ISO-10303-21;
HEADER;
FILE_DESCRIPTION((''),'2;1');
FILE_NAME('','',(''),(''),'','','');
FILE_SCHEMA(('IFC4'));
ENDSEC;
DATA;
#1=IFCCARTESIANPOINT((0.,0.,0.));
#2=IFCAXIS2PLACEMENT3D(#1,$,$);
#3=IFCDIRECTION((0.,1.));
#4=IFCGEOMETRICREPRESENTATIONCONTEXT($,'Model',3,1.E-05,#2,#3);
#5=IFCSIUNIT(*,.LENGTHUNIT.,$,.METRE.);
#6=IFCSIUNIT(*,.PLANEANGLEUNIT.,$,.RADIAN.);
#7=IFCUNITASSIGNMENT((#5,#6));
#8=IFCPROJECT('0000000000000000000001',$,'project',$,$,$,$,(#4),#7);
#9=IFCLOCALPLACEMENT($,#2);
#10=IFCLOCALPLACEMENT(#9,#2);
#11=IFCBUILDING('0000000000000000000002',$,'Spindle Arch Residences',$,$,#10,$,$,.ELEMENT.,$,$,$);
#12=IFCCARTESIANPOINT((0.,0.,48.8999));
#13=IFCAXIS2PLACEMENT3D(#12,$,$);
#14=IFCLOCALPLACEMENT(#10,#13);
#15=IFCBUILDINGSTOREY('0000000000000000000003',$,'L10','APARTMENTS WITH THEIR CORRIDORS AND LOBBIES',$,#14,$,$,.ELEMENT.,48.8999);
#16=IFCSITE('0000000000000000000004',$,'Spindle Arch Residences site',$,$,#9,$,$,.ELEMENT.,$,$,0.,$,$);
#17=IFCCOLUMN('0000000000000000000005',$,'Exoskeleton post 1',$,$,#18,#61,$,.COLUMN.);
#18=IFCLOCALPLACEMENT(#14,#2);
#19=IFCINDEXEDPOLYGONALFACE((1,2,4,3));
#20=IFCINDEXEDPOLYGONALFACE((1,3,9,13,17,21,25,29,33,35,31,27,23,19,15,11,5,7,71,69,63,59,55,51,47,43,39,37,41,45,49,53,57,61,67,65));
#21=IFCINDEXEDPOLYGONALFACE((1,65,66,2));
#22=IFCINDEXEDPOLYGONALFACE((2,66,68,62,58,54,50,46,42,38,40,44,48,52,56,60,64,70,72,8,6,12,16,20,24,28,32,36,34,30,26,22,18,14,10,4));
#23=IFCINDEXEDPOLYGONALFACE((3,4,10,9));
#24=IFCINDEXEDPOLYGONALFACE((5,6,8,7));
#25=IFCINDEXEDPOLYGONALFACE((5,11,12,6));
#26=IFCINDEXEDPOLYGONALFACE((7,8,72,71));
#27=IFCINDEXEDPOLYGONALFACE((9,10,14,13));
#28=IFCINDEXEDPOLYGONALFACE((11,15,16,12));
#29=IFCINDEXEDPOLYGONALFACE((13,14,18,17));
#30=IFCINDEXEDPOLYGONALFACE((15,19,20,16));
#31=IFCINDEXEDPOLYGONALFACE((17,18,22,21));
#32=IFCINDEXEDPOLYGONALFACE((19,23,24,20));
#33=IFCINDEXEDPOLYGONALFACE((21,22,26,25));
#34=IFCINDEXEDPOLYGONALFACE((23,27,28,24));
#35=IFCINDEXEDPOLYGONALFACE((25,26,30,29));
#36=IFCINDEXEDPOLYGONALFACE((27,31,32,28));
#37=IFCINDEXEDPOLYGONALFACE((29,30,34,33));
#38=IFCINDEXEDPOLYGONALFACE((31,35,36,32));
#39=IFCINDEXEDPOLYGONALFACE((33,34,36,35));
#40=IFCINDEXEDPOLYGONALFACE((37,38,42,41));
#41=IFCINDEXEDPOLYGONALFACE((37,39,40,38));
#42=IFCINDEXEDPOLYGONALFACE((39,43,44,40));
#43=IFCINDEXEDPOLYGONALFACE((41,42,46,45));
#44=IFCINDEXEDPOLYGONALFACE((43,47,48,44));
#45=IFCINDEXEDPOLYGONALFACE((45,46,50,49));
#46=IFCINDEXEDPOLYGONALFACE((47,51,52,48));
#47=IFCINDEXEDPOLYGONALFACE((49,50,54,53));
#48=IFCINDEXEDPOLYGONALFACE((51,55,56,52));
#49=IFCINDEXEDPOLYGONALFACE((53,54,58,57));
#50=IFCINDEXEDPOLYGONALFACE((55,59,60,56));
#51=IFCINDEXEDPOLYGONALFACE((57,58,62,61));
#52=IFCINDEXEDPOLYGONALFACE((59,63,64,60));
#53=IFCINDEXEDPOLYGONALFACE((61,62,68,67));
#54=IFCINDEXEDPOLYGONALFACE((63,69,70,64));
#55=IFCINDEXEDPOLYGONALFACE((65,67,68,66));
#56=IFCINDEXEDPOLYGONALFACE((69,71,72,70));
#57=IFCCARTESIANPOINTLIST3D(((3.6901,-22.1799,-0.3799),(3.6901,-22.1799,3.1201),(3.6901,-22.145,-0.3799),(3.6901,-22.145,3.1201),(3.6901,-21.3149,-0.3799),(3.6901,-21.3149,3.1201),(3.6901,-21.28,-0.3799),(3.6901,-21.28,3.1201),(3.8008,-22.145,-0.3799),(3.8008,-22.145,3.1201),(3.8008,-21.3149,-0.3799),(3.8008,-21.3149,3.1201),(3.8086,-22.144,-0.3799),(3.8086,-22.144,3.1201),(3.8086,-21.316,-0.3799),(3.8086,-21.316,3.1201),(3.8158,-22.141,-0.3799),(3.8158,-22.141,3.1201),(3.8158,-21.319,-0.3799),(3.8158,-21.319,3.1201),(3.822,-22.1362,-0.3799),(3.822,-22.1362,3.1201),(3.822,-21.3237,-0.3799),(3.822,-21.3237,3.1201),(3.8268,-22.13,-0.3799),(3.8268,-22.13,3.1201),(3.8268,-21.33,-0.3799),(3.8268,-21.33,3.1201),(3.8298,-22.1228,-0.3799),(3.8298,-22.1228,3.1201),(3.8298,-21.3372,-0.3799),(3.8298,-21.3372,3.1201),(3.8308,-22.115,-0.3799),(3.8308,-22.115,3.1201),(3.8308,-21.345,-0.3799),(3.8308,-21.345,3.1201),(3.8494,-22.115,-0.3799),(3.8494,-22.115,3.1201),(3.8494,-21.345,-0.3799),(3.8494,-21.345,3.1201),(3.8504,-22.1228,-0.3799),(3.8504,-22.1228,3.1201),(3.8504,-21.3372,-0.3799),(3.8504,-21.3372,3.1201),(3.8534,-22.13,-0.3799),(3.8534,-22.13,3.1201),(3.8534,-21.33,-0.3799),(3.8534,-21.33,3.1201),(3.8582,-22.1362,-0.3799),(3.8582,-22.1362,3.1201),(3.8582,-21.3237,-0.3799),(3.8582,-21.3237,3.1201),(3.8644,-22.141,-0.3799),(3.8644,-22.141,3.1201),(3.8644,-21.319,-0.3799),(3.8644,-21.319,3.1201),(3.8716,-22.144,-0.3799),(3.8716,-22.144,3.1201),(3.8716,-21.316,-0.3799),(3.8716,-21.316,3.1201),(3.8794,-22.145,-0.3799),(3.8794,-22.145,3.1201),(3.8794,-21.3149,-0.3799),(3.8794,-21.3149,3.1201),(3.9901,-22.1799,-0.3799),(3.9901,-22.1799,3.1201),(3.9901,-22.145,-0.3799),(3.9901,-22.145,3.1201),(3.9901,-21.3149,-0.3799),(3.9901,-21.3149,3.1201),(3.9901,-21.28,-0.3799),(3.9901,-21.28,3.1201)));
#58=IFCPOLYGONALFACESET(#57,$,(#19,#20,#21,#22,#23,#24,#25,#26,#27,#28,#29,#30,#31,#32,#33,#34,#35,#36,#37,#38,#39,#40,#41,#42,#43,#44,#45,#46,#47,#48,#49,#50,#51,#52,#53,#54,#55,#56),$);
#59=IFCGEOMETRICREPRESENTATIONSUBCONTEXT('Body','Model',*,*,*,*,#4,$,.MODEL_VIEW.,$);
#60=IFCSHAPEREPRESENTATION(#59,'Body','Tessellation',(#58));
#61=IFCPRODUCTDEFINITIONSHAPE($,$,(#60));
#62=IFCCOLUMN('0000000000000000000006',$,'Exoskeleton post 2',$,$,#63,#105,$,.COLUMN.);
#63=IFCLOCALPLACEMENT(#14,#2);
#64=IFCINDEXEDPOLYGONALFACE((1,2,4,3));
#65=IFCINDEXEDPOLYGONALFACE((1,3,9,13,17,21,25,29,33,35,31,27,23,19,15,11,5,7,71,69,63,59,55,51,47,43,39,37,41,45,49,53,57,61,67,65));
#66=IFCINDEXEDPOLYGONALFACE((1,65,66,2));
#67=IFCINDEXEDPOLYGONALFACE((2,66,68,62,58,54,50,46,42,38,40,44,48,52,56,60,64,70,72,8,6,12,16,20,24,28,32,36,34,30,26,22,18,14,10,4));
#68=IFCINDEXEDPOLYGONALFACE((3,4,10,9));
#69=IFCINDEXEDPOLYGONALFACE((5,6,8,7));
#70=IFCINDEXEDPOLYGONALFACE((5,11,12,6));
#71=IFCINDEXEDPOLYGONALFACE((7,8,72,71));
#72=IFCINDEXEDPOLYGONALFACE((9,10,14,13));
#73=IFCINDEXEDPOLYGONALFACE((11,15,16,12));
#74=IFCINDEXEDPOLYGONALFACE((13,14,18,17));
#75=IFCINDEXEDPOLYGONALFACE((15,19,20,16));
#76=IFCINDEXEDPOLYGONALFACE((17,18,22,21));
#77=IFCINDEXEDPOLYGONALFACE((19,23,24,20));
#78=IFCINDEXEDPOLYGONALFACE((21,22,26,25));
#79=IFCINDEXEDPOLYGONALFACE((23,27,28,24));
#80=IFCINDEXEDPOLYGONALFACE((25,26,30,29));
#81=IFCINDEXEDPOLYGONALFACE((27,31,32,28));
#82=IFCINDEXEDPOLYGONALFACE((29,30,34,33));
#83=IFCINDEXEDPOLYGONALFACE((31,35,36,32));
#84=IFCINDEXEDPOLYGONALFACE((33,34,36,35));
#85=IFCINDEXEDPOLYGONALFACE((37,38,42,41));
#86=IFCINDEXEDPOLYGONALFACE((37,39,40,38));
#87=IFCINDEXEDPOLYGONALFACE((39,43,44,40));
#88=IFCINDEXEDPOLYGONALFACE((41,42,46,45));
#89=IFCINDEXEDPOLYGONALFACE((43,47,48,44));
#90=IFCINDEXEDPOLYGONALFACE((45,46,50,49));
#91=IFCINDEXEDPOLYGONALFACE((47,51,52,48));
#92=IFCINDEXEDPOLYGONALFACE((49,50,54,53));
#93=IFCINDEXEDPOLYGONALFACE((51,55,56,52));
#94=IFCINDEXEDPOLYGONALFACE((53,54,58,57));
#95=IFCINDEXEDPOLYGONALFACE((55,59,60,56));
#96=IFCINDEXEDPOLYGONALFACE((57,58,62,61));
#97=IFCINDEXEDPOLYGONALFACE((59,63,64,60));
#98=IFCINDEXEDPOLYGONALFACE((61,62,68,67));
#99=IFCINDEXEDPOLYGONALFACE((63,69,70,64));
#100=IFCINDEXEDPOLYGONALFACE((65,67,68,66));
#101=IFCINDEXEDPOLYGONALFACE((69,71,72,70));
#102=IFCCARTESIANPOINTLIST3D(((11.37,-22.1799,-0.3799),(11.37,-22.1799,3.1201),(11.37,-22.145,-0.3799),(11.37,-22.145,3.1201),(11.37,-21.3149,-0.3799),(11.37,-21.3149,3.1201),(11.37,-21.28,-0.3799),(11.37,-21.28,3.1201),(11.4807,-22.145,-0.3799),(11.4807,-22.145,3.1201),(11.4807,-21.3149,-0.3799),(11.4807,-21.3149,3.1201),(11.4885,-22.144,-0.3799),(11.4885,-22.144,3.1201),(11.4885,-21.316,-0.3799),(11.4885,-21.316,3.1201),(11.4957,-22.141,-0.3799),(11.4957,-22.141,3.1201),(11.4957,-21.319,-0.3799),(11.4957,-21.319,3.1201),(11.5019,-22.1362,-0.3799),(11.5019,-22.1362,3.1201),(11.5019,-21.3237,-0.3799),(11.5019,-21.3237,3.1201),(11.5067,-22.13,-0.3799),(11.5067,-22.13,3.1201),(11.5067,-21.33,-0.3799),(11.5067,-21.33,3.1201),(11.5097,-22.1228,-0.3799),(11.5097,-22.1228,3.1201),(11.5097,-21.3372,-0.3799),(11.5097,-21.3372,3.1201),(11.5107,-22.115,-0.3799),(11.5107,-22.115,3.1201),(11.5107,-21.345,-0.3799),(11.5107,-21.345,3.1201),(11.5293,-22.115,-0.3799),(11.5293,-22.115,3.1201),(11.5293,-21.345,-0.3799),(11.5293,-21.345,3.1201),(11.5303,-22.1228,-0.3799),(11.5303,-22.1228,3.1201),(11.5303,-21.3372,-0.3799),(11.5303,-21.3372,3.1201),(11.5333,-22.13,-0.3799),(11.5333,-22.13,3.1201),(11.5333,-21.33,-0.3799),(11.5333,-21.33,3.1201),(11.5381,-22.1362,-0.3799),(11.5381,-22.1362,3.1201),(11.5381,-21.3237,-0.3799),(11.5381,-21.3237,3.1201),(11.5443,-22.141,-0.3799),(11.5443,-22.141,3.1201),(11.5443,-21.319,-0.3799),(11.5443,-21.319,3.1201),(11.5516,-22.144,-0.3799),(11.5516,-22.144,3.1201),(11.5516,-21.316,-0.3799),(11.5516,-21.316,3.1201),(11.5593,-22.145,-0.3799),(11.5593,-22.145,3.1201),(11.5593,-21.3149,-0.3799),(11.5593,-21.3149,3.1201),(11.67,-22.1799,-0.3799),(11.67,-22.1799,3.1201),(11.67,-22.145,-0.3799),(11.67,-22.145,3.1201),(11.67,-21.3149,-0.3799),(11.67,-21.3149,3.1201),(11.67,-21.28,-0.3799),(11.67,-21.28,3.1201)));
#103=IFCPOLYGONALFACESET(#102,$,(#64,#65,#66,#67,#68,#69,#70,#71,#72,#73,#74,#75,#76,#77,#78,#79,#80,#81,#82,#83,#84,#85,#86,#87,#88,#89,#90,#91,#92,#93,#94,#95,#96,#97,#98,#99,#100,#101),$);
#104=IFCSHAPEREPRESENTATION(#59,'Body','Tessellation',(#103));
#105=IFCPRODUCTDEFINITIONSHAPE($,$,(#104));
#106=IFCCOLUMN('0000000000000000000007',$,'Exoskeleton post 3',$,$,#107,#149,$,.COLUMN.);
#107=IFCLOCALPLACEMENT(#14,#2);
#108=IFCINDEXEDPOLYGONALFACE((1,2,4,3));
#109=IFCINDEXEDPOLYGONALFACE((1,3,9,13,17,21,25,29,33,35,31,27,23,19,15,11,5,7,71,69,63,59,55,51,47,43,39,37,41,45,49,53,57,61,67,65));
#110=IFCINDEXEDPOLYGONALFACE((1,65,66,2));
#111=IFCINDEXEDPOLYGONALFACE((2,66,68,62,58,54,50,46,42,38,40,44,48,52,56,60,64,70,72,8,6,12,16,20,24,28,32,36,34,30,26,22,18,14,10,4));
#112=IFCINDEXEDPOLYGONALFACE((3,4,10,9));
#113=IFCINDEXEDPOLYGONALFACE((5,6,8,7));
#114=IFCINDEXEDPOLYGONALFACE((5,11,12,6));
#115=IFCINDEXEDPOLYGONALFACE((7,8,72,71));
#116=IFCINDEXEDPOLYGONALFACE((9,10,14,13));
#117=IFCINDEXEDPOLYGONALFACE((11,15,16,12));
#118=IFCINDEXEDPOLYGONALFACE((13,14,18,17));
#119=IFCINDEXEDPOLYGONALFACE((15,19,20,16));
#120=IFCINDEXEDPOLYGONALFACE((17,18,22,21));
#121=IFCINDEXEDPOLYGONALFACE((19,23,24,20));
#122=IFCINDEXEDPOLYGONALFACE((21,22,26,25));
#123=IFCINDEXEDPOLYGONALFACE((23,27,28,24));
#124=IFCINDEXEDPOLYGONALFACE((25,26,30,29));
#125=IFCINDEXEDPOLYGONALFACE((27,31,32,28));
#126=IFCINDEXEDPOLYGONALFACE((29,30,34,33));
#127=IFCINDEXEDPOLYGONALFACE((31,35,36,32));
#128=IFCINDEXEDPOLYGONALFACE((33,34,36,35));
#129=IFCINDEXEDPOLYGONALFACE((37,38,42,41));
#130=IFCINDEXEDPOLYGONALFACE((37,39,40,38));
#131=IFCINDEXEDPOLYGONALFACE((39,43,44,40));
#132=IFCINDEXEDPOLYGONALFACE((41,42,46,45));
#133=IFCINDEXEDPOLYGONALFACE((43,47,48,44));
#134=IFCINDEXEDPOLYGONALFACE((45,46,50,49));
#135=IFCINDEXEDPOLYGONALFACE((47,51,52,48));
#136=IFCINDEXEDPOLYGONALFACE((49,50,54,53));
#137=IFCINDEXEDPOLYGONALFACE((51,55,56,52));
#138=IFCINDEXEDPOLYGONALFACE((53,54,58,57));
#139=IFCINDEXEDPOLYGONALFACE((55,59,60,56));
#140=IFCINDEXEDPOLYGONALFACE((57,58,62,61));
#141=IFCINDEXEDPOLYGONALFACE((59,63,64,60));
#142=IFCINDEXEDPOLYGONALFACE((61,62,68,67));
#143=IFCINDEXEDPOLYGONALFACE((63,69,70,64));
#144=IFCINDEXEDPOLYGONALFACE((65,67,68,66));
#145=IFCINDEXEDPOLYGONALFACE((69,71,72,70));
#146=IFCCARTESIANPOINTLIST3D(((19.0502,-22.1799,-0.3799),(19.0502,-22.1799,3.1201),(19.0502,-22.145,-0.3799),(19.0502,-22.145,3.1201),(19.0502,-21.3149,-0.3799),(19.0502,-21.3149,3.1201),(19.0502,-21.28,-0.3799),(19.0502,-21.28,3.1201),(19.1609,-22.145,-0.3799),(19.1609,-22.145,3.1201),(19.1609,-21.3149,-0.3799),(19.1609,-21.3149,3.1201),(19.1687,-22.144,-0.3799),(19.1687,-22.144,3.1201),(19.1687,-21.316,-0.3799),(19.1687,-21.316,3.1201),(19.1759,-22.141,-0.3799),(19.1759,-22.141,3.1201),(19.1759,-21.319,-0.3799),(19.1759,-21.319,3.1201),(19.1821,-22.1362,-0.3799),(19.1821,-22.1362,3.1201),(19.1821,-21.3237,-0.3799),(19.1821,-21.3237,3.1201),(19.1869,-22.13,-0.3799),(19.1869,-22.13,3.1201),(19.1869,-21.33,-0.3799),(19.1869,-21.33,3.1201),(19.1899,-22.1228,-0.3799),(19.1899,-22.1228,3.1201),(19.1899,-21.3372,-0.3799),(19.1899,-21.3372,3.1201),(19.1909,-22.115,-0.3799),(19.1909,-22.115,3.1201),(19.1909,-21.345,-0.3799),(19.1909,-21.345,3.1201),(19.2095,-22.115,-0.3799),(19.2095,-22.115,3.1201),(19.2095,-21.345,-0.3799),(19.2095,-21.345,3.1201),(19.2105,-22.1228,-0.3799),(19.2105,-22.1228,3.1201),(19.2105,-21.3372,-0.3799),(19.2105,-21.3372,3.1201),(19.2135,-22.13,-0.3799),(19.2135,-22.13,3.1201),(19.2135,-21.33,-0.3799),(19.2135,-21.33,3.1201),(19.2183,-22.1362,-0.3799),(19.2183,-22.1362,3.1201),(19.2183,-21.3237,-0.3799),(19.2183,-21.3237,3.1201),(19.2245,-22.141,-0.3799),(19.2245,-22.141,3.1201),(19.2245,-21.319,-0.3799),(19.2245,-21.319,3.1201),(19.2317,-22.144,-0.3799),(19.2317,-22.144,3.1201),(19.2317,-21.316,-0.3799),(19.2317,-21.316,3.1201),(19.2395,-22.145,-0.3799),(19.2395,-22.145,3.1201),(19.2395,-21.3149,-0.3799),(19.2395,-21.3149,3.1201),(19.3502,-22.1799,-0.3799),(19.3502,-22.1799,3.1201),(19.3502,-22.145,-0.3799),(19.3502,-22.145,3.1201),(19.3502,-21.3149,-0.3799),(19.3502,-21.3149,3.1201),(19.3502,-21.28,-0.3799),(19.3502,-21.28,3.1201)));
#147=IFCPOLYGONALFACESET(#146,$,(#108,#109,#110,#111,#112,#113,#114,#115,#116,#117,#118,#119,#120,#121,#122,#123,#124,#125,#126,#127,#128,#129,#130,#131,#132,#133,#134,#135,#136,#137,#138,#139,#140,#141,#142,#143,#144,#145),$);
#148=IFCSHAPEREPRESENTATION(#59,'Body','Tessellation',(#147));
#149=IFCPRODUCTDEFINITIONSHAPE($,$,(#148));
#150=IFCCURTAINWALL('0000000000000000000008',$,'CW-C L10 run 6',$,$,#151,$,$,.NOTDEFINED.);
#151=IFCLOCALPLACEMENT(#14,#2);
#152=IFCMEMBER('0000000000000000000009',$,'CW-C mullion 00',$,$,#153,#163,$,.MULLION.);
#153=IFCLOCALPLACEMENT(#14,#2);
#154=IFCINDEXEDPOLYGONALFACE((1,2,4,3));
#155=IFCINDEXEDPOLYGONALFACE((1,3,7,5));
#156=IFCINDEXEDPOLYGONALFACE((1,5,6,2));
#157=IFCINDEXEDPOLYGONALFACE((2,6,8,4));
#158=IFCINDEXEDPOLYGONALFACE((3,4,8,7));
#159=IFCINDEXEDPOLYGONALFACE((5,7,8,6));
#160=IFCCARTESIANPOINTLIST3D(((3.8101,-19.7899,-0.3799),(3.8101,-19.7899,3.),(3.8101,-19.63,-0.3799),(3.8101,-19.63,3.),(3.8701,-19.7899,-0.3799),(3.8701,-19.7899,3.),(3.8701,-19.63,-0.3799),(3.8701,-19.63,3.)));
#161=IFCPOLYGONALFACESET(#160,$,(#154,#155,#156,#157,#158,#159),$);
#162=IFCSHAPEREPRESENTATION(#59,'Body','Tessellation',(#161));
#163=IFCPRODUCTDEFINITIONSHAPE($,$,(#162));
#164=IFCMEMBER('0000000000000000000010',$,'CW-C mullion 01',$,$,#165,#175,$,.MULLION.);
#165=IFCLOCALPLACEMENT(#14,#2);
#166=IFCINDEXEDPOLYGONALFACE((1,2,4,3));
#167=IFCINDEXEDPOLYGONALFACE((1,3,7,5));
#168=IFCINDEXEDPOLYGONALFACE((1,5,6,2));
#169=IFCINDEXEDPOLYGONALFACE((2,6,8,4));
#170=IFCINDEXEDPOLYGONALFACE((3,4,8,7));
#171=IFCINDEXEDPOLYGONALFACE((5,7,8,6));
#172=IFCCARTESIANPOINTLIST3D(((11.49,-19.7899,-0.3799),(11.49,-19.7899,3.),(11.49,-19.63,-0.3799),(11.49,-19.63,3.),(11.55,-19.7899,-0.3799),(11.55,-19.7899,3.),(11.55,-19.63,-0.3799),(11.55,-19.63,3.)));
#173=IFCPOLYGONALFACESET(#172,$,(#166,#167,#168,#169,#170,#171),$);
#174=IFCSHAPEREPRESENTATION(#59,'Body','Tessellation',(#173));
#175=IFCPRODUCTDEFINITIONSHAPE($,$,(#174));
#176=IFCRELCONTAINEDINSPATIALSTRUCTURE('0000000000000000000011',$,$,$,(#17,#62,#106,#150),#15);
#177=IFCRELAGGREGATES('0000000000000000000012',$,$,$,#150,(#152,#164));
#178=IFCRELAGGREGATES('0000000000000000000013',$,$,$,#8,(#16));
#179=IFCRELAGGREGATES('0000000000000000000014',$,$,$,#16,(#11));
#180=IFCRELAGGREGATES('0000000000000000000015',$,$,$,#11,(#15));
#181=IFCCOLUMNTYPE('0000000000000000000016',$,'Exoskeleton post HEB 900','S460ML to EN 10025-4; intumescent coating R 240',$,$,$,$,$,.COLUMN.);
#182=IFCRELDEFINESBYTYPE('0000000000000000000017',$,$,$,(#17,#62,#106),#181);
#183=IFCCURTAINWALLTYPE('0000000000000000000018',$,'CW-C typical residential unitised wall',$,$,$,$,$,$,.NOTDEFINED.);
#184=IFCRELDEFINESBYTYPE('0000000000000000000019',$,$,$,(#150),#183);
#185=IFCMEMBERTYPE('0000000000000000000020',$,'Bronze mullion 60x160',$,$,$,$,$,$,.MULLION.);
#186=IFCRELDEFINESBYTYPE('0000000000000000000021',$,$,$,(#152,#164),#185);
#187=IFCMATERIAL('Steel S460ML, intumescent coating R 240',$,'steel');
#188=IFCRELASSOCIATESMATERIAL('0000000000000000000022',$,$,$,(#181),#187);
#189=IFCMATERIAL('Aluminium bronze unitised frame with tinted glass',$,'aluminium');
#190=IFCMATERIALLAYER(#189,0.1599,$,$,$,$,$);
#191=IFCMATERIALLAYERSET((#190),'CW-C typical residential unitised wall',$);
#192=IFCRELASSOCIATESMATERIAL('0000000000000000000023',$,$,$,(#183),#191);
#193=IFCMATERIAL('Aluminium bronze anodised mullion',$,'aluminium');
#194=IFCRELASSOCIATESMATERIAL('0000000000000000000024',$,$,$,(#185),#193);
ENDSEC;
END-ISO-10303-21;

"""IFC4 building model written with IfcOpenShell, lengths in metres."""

from ifc_helpers import new_model, si_unit, direction, frame, origin, origin_2d, place, context, subcontext, project, spatial, rectangle, i_section, extrude, material, layer, layer_set, material_profile, profile_set, type_object, element, aggregate, save


model = new_model("IFC4")

# Units and contexts
model_context = context("Model", 3, precision=1e-05, world=origin(), true_north=direction((0.0, 1.0)))
body_context = subcontext(model_context, "Body", "Model", "MODEL_VIEW")
ifc_project = project(units=[si_unit("LENGTHUNIT", "METRE"), si_unit("PLANEANGLEUNIT", "RADIAN")], contexts=[model_context])

# Site, building, storey
site_placement = place(None, origin())
site = spatial("IfcSite", under=ifc_project, at=site_placement, Name="Spindle Arch Residences site", CompositionType="ELEMENT", RefElevation=0.0)
building_placement = place(site_placement, origin())
building = spatial("IfcBuilding", under=site, at=building_placement, Name="Spindle Arch Residences", CompositionType="ELEMENT")
storey_placement = place(building_placement, frame((0.0, 0.0, 48.8999)))
storey = spatial("IfcBuildingStorey", under=building, at=storey_placement, Name="L10", Description="APARTMENTS WITH THEIR CORRIDORS AND LOBBIES", CompositionType="ELEMENT", Elevation=48.8999)

# Columns
ifc_material_1 = material(Name="Steel S460ML, intumescent coating R 240", Category="steel")
ifc_material_profile_1 = material_profile(ifc_material_1, i_section(OverallWidth=0.3, OverallDepth=0.8999, WebThickness=0.0186, FlangeThickness=0.0349, FilletRadius=0.03, at=origin_2d()), Name="HEB 900")
ifc_profile_set_1 = profile_set([ifc_material_profile_1], Name="Steel S460ML, intumescent coating R 240")
column_type = type_object("IfcColumnType", Name="Exoskeleton post HEB 900", Description="S460ML to EN 10025-4; intumescent coating R 240", PredefinedType="COLUMN", material=ifc_profile_set_1)
for number, where, z_axis, x_axis, name in (
    (1, (3.8401, -21.73, -0.3799), (0.0, 0.0, 1.0), (-1.0, 0.0, 0.0), "Exoskeleton post 1"),
    (2, (11.52, -21.73, -0.3799), (0.0, 0.0, 1.0), (-1.0, 0.0, 0.0), "Exoskeleton post 2"),
    (3, (19.2002, -21.73, -0.3799), (0.0, 0.0, 1.0), (-1.0, 0.0, 0.0), "Exoskeleton post 3"),
):
    element("IfcColumn", number, at=place(storey_placement, frame(where, z_axis=z_axis, x_axis=x_axis)), inside=storey, type_object=column_type, Name=name, PredefinedType="COLUMN", context=body_context, shape_type="SweptSolid", body=[
        extrude(i_section(OverallWidth=0.3, OverallDepth=0.8999, WebThickness=0.0186, FlangeThickness=0.0349, FilletRadius=0.03, at=origin_2d()), origin(), (0.0, 0.0, 1.0), 3.5),
    ])

# Curtain wall, members
ifc_material_2 = material(Name="Aluminium bronze unitised frame with tinted glass", Category="aluminium")
ifc_layer_1 = layer(ifc_material_2, 0.1599)
ifc_layer_set_1 = layer_set([ifc_layer_1], Name="CW-C typical residential unitised wall")
curtain_wall_type = type_object("IfcCurtainWallType", Name="CW-C typical residential unitised wall", PredefinedType="NOTDEFINED", material=ifc_layer_set_1)
curtain_wall_placement = place(storey_placement, origin())
curtain_wall = element("IfcCurtainWall", 4, at=curtain_wall_placement, inside=storey, type_object=curtain_wall_type, Name="CW-C L10 run 6", PredefinedType="NOTDEFINED")
ifc_material_3 = material(Name="Aluminium bronze anodised mullion", Category="aluminium")
ifc_material_profile_2 = material_profile(ifc_material_3, rectangle(XDim=0.1599, YDim=0.0601, at=origin_2d()), Name="MU 60x160")
ifc_profile_set_2 = profile_set([ifc_material_profile_2], Name="Aluminium bronze anodised mullion")
member_type = type_object("IfcMemberType", Name="Bronze mullion 60x160", PredefinedType="MULLION", material=ifc_profile_set_2)
member_1_placement = place(storey_placement, frame((3.8401, -19.71, -0.3799), z_axis=(0.0, 0.0, 1.0), x_axis=(0.0, 1.0, 0.0)))
member_1 = element("IfcMember", 5, at=member_1_placement, type_object=member_type, Name="CW-C mullion 00", PredefinedType="MULLION", context=body_context, shape_type="SweptSolid", body=[
    extrude(rectangle(XDim=0.1599, YDim=0.0601, at=origin_2d()), origin(), (0.0, 0.0, 1.0), 3.3799),
])
member_2_placement = place(storey_placement, frame((11.52, -19.71, -0.3799), z_axis=(0.0, 0.0, 1.0), x_axis=(0.0, 1.0, 0.0)))
member_2 = element("IfcMember", 6, at=member_2_placement, type_object=member_type, Name="CW-C mullion 01", PredefinedType="MULLION", context=body_context, shape_type="SweptSolid", body=[
    extrude(rectangle(XDim=0.1599, YDim=0.0601, at=origin_2d()), origin(), (0.0, 0.0, 1.0), 3.3799),
])

aggregate(curtain_wall, [member_1, member_2])

save(model, "model.ifc")
